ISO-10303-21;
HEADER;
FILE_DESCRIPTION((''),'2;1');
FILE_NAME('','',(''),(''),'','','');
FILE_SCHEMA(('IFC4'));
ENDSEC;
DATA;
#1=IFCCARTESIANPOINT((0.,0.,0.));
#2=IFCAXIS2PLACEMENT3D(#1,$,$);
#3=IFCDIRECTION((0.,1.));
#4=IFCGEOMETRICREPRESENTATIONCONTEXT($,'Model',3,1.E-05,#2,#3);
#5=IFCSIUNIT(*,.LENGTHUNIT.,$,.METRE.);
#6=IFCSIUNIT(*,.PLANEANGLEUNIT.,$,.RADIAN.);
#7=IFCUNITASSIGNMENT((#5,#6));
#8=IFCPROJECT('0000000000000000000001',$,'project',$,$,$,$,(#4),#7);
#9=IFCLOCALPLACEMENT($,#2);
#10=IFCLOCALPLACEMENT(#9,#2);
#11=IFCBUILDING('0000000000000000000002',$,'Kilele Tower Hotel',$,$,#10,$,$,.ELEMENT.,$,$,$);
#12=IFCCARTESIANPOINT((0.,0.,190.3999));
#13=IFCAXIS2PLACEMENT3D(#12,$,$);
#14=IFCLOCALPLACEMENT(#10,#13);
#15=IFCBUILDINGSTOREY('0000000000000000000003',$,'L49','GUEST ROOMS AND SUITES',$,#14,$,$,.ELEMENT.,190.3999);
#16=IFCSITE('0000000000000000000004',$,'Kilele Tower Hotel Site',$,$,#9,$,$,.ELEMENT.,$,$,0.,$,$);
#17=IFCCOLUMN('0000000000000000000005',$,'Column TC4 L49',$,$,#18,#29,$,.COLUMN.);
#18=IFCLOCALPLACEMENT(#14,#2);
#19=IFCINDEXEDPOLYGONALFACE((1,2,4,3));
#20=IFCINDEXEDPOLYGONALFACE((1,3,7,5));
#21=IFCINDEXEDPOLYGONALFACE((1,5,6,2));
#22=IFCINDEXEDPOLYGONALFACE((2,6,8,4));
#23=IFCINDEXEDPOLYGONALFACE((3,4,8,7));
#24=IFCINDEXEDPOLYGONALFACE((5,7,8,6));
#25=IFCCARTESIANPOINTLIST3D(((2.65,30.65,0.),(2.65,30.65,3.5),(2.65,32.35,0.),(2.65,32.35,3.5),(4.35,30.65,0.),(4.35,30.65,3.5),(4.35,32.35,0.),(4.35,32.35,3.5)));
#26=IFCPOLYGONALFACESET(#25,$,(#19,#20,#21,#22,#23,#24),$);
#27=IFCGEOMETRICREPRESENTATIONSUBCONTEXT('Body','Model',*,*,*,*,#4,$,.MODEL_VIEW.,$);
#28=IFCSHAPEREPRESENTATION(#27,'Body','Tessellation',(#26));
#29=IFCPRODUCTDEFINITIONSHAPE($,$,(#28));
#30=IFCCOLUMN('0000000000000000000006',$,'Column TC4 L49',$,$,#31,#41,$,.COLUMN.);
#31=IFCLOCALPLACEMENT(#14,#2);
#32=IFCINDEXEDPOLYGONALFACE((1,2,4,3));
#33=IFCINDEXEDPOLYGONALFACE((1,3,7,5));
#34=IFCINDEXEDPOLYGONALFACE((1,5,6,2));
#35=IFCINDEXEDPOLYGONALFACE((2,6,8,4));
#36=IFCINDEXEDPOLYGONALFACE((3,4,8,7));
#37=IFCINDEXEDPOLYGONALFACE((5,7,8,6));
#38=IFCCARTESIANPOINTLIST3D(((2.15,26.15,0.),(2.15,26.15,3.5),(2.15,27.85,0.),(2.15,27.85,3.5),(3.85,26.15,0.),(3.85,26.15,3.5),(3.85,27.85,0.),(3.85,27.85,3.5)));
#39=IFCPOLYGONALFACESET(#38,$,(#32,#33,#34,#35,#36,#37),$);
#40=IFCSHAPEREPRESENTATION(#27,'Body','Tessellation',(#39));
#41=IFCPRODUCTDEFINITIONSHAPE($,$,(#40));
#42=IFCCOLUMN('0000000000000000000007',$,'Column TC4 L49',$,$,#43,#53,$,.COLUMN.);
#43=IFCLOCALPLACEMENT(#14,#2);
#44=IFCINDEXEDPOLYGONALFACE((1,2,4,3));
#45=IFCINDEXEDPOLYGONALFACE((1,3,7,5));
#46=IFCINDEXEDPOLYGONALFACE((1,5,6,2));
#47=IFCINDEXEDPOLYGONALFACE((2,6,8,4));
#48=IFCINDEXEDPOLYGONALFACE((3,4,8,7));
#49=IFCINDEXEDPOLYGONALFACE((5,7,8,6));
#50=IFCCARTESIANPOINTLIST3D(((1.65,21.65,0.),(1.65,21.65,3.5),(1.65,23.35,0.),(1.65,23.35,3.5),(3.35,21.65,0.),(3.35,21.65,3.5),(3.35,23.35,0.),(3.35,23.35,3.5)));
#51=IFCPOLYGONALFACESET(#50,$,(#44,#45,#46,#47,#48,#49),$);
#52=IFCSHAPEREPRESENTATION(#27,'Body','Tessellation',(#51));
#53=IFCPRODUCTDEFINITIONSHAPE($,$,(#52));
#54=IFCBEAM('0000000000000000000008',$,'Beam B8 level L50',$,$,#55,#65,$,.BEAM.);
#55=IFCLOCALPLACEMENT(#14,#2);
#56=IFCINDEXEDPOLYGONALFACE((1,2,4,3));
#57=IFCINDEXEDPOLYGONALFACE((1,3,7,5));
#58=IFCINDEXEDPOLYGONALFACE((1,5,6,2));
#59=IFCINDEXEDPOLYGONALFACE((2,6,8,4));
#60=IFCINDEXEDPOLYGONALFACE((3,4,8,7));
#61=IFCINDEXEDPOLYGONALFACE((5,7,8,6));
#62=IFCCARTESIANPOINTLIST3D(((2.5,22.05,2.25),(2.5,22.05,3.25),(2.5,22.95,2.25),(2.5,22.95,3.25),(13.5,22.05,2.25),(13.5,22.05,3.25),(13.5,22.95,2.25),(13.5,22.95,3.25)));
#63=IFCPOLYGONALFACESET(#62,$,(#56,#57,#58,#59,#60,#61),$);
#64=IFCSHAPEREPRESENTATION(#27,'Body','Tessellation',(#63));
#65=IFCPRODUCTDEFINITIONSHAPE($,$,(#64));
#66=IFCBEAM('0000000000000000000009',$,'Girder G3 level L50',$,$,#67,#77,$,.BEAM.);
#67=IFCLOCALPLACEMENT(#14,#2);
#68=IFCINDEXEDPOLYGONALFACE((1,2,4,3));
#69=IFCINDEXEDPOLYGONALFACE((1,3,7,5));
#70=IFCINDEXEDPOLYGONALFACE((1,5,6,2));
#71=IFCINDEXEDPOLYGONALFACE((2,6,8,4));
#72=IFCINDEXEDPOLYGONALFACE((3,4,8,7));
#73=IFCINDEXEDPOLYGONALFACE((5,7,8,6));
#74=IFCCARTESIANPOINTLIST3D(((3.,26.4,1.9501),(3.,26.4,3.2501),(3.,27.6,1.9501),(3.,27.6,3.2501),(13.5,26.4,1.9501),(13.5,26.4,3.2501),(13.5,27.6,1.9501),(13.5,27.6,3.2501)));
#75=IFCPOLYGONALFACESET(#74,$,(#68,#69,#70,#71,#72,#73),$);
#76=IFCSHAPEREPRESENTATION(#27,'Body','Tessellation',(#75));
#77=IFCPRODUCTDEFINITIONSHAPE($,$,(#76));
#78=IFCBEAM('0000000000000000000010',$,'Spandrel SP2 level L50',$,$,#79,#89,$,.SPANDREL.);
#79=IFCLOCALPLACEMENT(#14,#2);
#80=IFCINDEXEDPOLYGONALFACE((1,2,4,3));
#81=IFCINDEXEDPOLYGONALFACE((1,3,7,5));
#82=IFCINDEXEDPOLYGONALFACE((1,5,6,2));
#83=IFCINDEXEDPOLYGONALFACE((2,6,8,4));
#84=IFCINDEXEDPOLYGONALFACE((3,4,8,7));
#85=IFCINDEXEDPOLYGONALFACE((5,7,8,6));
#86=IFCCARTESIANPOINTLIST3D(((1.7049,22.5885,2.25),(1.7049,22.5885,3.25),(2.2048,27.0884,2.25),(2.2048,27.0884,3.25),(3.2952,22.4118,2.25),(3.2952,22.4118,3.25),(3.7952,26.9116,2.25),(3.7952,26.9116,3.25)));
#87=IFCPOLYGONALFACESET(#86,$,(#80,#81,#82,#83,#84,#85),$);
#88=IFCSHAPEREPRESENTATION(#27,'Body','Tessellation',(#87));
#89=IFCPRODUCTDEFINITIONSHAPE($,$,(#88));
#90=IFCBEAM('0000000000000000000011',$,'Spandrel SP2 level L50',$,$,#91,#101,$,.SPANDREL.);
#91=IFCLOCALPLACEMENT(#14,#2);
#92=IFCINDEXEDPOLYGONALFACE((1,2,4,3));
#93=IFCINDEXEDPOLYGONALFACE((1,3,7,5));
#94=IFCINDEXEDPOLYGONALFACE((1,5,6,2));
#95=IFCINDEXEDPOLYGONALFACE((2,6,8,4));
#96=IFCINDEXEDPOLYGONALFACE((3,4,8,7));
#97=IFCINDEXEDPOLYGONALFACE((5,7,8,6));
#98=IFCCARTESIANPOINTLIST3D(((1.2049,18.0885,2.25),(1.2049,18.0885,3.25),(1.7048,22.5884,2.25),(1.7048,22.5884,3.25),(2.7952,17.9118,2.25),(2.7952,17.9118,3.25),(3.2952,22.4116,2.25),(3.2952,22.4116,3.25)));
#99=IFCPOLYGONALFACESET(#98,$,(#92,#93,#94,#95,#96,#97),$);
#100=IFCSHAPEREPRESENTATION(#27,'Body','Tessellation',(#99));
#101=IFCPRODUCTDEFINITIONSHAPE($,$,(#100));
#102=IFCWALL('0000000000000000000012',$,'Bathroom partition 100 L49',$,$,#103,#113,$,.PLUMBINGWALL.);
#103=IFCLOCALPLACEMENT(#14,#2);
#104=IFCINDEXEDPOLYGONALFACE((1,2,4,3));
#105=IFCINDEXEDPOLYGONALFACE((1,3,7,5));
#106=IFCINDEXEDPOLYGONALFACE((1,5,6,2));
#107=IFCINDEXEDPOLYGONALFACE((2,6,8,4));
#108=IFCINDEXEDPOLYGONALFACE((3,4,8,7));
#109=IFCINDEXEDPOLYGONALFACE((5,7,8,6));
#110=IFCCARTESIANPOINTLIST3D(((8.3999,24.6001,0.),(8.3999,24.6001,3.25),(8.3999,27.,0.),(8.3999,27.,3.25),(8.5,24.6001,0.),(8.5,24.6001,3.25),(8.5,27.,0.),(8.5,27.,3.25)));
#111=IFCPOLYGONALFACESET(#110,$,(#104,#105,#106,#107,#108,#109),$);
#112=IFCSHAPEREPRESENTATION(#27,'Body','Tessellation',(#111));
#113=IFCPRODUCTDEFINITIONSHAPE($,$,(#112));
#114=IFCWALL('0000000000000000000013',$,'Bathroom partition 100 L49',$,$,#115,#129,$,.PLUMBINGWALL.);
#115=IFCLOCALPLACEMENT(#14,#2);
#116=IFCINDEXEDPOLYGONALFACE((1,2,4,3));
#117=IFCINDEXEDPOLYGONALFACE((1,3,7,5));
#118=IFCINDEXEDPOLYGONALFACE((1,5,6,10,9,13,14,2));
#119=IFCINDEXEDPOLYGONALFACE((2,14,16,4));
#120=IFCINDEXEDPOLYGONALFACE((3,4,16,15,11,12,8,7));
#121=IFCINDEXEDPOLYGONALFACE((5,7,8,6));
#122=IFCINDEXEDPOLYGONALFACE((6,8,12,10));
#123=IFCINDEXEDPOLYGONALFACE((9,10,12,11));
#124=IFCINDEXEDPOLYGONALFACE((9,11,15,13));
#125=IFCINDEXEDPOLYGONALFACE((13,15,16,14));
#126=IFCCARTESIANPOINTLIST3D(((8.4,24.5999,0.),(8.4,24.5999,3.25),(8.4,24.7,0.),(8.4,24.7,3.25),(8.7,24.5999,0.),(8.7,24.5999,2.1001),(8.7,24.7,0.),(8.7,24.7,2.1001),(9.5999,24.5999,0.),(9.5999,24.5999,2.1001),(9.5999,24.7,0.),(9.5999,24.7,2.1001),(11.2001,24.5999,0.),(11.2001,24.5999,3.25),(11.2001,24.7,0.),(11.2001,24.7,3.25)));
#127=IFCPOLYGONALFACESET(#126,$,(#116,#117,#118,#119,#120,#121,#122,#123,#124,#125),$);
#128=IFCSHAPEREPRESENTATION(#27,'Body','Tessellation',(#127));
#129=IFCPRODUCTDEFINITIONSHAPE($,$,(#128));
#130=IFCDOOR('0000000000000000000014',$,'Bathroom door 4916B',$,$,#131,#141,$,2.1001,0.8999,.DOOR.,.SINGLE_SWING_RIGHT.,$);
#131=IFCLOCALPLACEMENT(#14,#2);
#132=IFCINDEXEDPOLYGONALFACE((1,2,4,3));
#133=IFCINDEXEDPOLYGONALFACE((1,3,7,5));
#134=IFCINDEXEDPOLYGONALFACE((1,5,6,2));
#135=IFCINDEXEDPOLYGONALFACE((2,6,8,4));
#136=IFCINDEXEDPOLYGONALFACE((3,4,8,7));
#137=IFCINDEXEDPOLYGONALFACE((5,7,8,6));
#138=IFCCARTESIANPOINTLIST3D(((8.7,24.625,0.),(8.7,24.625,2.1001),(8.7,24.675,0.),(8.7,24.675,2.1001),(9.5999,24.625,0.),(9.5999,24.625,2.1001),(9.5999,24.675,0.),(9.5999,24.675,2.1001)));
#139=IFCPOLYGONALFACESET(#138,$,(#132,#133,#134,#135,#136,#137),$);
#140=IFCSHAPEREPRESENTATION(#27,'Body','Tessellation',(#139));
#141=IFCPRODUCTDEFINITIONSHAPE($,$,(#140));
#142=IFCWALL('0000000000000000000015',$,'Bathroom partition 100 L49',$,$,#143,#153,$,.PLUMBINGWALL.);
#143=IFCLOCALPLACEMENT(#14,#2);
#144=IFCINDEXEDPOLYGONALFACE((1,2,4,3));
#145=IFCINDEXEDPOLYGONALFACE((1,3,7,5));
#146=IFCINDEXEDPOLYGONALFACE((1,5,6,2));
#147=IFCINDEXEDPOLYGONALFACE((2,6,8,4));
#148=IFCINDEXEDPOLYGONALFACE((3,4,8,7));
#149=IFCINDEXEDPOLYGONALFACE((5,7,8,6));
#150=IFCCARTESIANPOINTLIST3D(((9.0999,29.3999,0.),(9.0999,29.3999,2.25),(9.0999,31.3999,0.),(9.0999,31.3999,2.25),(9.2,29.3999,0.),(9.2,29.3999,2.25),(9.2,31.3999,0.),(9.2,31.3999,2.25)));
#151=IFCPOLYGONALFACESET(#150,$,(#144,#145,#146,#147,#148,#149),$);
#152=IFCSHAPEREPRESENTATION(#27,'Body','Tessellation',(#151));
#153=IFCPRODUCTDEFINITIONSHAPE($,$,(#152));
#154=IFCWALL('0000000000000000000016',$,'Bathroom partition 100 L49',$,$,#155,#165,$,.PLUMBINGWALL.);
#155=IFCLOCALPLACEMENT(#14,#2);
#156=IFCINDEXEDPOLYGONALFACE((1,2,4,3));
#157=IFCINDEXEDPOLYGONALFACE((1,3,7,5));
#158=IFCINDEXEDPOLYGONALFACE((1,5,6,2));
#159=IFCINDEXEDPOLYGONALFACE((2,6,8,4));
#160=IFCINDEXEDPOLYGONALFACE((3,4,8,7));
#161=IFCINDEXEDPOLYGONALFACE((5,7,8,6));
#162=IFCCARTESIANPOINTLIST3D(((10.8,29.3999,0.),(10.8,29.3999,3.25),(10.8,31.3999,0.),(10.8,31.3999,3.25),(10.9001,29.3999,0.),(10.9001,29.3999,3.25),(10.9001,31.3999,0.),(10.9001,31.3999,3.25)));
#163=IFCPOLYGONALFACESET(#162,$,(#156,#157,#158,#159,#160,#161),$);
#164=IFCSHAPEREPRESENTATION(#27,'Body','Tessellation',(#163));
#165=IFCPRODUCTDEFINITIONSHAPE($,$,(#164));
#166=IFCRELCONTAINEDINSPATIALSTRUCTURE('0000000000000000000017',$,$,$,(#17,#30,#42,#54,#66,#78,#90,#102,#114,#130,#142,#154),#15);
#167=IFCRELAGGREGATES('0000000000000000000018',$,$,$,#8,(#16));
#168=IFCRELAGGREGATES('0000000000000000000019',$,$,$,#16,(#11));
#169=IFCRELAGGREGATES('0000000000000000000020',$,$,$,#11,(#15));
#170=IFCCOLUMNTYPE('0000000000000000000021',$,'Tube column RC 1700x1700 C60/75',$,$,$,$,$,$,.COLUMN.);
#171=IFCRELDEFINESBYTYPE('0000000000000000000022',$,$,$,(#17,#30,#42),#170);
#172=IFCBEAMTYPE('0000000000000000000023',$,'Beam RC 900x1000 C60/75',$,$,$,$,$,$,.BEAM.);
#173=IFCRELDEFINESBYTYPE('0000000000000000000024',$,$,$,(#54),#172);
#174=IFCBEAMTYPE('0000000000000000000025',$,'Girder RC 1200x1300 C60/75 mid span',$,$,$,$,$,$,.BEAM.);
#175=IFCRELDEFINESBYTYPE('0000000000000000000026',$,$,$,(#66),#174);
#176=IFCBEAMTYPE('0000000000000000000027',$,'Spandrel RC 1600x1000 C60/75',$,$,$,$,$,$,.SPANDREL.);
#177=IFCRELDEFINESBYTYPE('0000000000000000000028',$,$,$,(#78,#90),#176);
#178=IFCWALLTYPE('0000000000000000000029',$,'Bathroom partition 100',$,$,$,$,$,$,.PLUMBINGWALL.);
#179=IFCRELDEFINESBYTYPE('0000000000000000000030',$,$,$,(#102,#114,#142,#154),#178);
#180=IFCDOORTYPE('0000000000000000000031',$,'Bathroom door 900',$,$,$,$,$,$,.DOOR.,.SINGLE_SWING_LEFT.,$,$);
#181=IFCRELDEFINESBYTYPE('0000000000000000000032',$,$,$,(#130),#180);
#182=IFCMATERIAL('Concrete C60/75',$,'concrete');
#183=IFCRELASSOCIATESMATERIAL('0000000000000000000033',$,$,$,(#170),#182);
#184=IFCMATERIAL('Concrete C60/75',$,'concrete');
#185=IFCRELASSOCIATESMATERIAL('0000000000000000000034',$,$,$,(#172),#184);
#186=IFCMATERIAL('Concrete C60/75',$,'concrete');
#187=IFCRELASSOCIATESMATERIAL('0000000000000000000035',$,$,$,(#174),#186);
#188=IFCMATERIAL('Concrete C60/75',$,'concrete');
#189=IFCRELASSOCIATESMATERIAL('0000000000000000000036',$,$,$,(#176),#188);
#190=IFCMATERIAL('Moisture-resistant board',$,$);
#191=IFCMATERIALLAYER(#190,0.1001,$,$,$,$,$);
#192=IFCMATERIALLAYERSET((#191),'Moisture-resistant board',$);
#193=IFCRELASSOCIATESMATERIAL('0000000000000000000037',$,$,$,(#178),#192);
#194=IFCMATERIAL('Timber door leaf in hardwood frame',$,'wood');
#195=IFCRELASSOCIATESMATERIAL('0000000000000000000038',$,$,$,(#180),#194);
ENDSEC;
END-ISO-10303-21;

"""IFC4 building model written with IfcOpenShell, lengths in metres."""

from ifc_helpers import new_model, si_unit, direction, frame, frame_2d, origin, origin_2d, place, context, subcontext, project, spatial, rectangle, extrude, material, layer, layer_set, material_profile, profile_set, type_object, element, fill, save


model = new_model("IFC4")

# Units and contexts
model_context = context("Model", 3, precision=1e-05, world=origin(), true_north=direction((0.0, 1.0)))
body_context = subcontext(model_context, "Body", "Model", "MODEL_VIEW")
ifc_project = project(units=[si_unit("LENGTHUNIT", "METRE"), si_unit("PLANEANGLEUNIT", "RADIAN")], contexts=[model_context])

# Site, building, storey
site_placement = place(None, origin())
site = spatial("IfcSite", under=ifc_project, at=site_placement, Name="Kilele Tower Hotel Site", CompositionType="ELEMENT", RefElevation=0.0)
building_placement = place(site_placement, origin())
building = spatial("IfcBuilding", under=site, at=building_placement, Name="Kilele Tower Hotel", CompositionType="ELEMENT")
storey_placement = place(building_placement, frame((0.0, 0.0, 190.3999)))
storey = spatial("IfcBuildingStorey", under=building, at=storey_placement, Name="L49", Description="GUEST ROOMS AND SUITES", CompositionType="ELEMENT", Elevation=190.3999)

# Columns
ifc_material_1 = material(Name="Concrete C60/75", Category="concrete")
ifc_material_profile_1 = material_profile(ifc_material_1, rectangle(XDim=1.7, YDim=1.7, at=origin_2d()))
ifc_profile_set_1 = profile_set([ifc_material_profile_1], Name="Concrete C60/75")
column_type = type_object("IfcColumnType", Name="Tube column RC 1700x1700 C60/75", PredefinedType="COLUMN", material=ifc_profile_set_1)
for number, where, z_axis, x_axis, name in (
    (1, (3.5, 31.5, 0.0), (0.0, 0.0, 1.0), (1.0, 0.0, 0.0), "Column TC4 L49"),
    (2, (3.0, 27.0, 0.0), (0.0, 0.0, 1.0), (1.0, 0.0, 0.0), "Column TC4 L49"),
    (3, (2.5, 22.5, 0.0), (0.0, 0.0, 1.0), (1.0, 0.0, 0.0), "Column TC4 L49"),
):
    element("IfcColumn", number, at=place(storey_placement, frame(where, z_axis=z_axis, x_axis=x_axis)), inside=storey, type_object=column_type, Name=name, PredefinedType="COLUMN", context=body_context, shape_type="SweptSolid", body=[
        extrude(rectangle(XDim=1.7, YDim=1.7, at=origin_2d()), origin(), (0.0, 0.0, 1.0), 3.5),
    ])

# Beams
ifc_material_2 = material(Name="Concrete C60/75", Category="concrete")
ifc_material_profile_2 = material_profile(ifc_material_2, rectangle(XDim=0.8999, YDim=1.0, at=origin_2d()))
ifc_profile_set_2 = profile_set([ifc_material_profile_2], Name="Concrete C60/75")
beam_type_1 = type_object("IfcBeamType", Name="Beam RC 900x1000 C60/75", PredefinedType="BEAM", material=ifc_profile_set_2)
beam_1_placement = place(storey_placement, frame((2.5, 22.5, 2.75), z_axis=(1.0, 0.0, 0.0), x_axis=(0.0, 1.0, 0.0)))
element("IfcBeam", 4, at=beam_1_placement, inside=storey, type_object=beam_type_1, Name="Beam B8 level L50", PredefinedType="BEAM", context=body_context, shape_type="SweptSolid", body=[
    extrude(rectangle(XDim=0.8999, YDim=1.0, at=origin_2d()), origin(), (0.0, 0.0, 1.0), 11.0),
])
ifc_material_3 = material(Name="Concrete C60/75", Category="concrete")
ifc_material_profile_3 = material_profile(ifc_material_3, rectangle(XDim=1.2, YDim=1.3, at=origin_2d()))
ifc_profile_set_3 = profile_set([ifc_material_profile_3], Name="Concrete C60/75")
beam_type_2 = type_object("IfcBeamType", Name="Girder RC 1200x1300 C60/75 mid span", PredefinedType="BEAM", material=ifc_profile_set_3)
beam_2_placement = place(storey_placement, frame((3.0, 27.0, 2.6001), z_axis=(1.0, 0.0, 0.0), x_axis=(0.0, 1.0, 0.0)))
element("IfcBeam", 5, at=beam_2_placement, inside=storey, type_object=beam_type_2, Name="Girder G3 level L50", PredefinedType="BEAM", context=body_context, shape_type="SweptSolid", body=[
    extrude(rectangle(XDim=1.2, YDim=1.3, at=origin_2d()), origin(), (0.0, 0.0, 1.0), 10.5),
])
ifc_material_4 = material(Name="Concrete C60/75", Category="concrete")
ifc_material_profile_4 = material_profile(ifc_material_4, rectangle(XDim=1.6001, YDim=1.0, at=origin_2d()))
ifc_profile_set_4 = profile_set([ifc_material_profile_4], Name="Concrete C60/75")
beam_type_3 = type_object("IfcBeamType", Name="Spandrel RC 1600x1000 C60/75", PredefinedType="SPANDREL", material=ifc_profile_set_4)
for number, where, z_axis, x_axis, name in (
    (6, (3.0, 27.0, 2.75), (-0.110432, -0.993884, 0.0), (0.993884, -0.110432, 0.0), "Spandrel SP2 level L50"),
    (7, (2.5, 22.5, 2.75), (-0.110432, -0.993884, 0.0), (0.993884, -0.110432, 0.0), "Spandrel SP2 level L50"),
):
    element("IfcBeam", number, at=place(storey_placement, frame(where, z_axis=z_axis, x_axis=x_axis)), inside=storey, type_object=beam_type_3, Name=name, PredefinedType="SPANDREL", context=body_context, shape_type="SweptSolid", body=[
        extrude(rectangle(XDim=1.6001, YDim=1.0, at=origin_2d()), origin(), (0.0, 0.0, 1.0), 4.5276),
    ])

# Wall
ifc_material_5 = material(Name="Moisture-resistant board")
ifc_layer_1 = layer(ifc_material_5, 0.1001)
ifc_layer_set_1 = layer_set([ifc_layer_1], Name="Moisture-resistant board")
wall_type_1 = type_object("IfcWallType", Name="Bathroom partition 100", PredefinedType="PLUMBINGWALL", material=ifc_layer_set_1)
wall_1_placement = place(storey_placement, frame((8.45, 24.6001, 0.0), z_axis=(0.0, 0.0, 1.0), x_axis=(0.0, 1.0, 0.0)))
element("IfcWall", 8, at=wall_1_placement, inside=storey, type_object=wall_type_1, Name="Bathroom partition 100 L49", PredefinedType="PLUMBINGWALL", context=body_context, shape_type="SweptSolid", body=[
    extrude(rectangle(XDim=2.3999, YDim=0.1001, at=frame_2d((1.2, 0.0))), origin(), (0.0, 0.0, 1.0), 3.25),
])

# Wall, opening, door
wall_2_placement = place(storey_placement, frame((11.2, 24.6499, 0.0), z_axis=(0.0, 0.0, 1.0), x_axis=(-1.0, 0.0, 0.0)))
wall_2 = element("IfcWall", 9, at=wall_2_placement, inside=storey, type_object=wall_type_1, Name="Bathroom partition 100 L49", PredefinedType="PLUMBINGWALL", context=body_context, shape_type="SweptSolid", body=[
    extrude(rectangle(XDim=2.8, YDim=0.1001, at=frame_2d((1.3999, 0.0))), origin(), (0.0, 0.0, 1.0), 3.25),
])
opening_1_placement = place(wall_2_placement, frame((1.6001, 0.0, 0.0)))
opening_1 = element("IfcOpeningElement", 10, at=opening_1_placement, cuts=wall_2, PredefinedType="OPENING", context=body_context, shape_type="SweptSolid", body=[
    extrude(rectangle(XDim=0.8999, YDim=2.1001, at=frame_2d((0.45, 1.05))), frame((0.0, 0.0601, 0.0), z_axis=(0.0, -1.0, 0.0), x_axis=(1.0, 0.0, 0.0)), (0.0, 0.0, 1.0), 0.1201),
])
ifc_material_6 = material(Name="Timber door leaf in hardwood frame", Category="wood")
door_type_1 = type_object("IfcDoorType", Name="Bathroom door 900", OperationType="SINGLE_SWING_LEFT", PredefinedType="DOOR", material=ifc_material_6)
door_1_placement = place(opening_1_placement, origin())
door_1 = element("IfcDoor", 11, at=door_1_placement, inside=storey, type_object=door_type_1, Name="Bathroom door 4916B", OperationType="SINGLE_SWING_RIGHT", OverallHeight=2.1001, OverallWidth=0.8999, PredefinedType="DOOR", context=body_context, shape_type="SweptSolid", body=[
    extrude(rectangle(XDim=0.8999, YDim=2.1001, at=frame_2d((0.45, 1.05))), frame((0.0, 0.0249, 0.0), z_axis=(0.0, -1.0, 0.0), x_axis=(1.0, 0.0, 0.0)), (0.0, 0.0, 1.0), 0.05),
])
fill(opening_1, door_1)

# Walls
wall_3_placement = place(storey_placement, frame((9.1499, 31.3999, 0.0), z_axis=(0.0, 0.0, 1.0), x_axis=(0.0, -1.0, 0.0)))
element("IfcWall", 12, at=wall_3_placement, inside=storey, type_object=wall_type_1, Name="Bathroom partition 100 L49", PredefinedType="PLUMBINGWALL", context=body_context, shape_type="SweptSolid", body=[
    extrude(rectangle(XDim=2.0, YDim=0.1001, at=frame_2d((1.0, 0.0))), origin(), (0.0, 0.0, 1.0), 2.25),
])
wall_4_placement = place(storey_placement, frame((10.8501, 31.3999, 0.0), z_axis=(0.0, 0.0, 1.0), x_axis=(0.0, -1.0, 0.0)))
element("IfcWall", 13, at=wall_4_placement, inside=storey, type_object=wall_type_1, Name="Bathroom partition 100 L49", PredefinedType="PLUMBINGWALL", context=body_context, shape_type="SweptSolid", body=[
    extrude(rectangle(XDim=2.0, YDim=0.1001, at=frame_2d((1.0, 0.0))), origin(), (0.0, 0.0, 1.0), 3.25),
])

save(model, "model.ifc")
